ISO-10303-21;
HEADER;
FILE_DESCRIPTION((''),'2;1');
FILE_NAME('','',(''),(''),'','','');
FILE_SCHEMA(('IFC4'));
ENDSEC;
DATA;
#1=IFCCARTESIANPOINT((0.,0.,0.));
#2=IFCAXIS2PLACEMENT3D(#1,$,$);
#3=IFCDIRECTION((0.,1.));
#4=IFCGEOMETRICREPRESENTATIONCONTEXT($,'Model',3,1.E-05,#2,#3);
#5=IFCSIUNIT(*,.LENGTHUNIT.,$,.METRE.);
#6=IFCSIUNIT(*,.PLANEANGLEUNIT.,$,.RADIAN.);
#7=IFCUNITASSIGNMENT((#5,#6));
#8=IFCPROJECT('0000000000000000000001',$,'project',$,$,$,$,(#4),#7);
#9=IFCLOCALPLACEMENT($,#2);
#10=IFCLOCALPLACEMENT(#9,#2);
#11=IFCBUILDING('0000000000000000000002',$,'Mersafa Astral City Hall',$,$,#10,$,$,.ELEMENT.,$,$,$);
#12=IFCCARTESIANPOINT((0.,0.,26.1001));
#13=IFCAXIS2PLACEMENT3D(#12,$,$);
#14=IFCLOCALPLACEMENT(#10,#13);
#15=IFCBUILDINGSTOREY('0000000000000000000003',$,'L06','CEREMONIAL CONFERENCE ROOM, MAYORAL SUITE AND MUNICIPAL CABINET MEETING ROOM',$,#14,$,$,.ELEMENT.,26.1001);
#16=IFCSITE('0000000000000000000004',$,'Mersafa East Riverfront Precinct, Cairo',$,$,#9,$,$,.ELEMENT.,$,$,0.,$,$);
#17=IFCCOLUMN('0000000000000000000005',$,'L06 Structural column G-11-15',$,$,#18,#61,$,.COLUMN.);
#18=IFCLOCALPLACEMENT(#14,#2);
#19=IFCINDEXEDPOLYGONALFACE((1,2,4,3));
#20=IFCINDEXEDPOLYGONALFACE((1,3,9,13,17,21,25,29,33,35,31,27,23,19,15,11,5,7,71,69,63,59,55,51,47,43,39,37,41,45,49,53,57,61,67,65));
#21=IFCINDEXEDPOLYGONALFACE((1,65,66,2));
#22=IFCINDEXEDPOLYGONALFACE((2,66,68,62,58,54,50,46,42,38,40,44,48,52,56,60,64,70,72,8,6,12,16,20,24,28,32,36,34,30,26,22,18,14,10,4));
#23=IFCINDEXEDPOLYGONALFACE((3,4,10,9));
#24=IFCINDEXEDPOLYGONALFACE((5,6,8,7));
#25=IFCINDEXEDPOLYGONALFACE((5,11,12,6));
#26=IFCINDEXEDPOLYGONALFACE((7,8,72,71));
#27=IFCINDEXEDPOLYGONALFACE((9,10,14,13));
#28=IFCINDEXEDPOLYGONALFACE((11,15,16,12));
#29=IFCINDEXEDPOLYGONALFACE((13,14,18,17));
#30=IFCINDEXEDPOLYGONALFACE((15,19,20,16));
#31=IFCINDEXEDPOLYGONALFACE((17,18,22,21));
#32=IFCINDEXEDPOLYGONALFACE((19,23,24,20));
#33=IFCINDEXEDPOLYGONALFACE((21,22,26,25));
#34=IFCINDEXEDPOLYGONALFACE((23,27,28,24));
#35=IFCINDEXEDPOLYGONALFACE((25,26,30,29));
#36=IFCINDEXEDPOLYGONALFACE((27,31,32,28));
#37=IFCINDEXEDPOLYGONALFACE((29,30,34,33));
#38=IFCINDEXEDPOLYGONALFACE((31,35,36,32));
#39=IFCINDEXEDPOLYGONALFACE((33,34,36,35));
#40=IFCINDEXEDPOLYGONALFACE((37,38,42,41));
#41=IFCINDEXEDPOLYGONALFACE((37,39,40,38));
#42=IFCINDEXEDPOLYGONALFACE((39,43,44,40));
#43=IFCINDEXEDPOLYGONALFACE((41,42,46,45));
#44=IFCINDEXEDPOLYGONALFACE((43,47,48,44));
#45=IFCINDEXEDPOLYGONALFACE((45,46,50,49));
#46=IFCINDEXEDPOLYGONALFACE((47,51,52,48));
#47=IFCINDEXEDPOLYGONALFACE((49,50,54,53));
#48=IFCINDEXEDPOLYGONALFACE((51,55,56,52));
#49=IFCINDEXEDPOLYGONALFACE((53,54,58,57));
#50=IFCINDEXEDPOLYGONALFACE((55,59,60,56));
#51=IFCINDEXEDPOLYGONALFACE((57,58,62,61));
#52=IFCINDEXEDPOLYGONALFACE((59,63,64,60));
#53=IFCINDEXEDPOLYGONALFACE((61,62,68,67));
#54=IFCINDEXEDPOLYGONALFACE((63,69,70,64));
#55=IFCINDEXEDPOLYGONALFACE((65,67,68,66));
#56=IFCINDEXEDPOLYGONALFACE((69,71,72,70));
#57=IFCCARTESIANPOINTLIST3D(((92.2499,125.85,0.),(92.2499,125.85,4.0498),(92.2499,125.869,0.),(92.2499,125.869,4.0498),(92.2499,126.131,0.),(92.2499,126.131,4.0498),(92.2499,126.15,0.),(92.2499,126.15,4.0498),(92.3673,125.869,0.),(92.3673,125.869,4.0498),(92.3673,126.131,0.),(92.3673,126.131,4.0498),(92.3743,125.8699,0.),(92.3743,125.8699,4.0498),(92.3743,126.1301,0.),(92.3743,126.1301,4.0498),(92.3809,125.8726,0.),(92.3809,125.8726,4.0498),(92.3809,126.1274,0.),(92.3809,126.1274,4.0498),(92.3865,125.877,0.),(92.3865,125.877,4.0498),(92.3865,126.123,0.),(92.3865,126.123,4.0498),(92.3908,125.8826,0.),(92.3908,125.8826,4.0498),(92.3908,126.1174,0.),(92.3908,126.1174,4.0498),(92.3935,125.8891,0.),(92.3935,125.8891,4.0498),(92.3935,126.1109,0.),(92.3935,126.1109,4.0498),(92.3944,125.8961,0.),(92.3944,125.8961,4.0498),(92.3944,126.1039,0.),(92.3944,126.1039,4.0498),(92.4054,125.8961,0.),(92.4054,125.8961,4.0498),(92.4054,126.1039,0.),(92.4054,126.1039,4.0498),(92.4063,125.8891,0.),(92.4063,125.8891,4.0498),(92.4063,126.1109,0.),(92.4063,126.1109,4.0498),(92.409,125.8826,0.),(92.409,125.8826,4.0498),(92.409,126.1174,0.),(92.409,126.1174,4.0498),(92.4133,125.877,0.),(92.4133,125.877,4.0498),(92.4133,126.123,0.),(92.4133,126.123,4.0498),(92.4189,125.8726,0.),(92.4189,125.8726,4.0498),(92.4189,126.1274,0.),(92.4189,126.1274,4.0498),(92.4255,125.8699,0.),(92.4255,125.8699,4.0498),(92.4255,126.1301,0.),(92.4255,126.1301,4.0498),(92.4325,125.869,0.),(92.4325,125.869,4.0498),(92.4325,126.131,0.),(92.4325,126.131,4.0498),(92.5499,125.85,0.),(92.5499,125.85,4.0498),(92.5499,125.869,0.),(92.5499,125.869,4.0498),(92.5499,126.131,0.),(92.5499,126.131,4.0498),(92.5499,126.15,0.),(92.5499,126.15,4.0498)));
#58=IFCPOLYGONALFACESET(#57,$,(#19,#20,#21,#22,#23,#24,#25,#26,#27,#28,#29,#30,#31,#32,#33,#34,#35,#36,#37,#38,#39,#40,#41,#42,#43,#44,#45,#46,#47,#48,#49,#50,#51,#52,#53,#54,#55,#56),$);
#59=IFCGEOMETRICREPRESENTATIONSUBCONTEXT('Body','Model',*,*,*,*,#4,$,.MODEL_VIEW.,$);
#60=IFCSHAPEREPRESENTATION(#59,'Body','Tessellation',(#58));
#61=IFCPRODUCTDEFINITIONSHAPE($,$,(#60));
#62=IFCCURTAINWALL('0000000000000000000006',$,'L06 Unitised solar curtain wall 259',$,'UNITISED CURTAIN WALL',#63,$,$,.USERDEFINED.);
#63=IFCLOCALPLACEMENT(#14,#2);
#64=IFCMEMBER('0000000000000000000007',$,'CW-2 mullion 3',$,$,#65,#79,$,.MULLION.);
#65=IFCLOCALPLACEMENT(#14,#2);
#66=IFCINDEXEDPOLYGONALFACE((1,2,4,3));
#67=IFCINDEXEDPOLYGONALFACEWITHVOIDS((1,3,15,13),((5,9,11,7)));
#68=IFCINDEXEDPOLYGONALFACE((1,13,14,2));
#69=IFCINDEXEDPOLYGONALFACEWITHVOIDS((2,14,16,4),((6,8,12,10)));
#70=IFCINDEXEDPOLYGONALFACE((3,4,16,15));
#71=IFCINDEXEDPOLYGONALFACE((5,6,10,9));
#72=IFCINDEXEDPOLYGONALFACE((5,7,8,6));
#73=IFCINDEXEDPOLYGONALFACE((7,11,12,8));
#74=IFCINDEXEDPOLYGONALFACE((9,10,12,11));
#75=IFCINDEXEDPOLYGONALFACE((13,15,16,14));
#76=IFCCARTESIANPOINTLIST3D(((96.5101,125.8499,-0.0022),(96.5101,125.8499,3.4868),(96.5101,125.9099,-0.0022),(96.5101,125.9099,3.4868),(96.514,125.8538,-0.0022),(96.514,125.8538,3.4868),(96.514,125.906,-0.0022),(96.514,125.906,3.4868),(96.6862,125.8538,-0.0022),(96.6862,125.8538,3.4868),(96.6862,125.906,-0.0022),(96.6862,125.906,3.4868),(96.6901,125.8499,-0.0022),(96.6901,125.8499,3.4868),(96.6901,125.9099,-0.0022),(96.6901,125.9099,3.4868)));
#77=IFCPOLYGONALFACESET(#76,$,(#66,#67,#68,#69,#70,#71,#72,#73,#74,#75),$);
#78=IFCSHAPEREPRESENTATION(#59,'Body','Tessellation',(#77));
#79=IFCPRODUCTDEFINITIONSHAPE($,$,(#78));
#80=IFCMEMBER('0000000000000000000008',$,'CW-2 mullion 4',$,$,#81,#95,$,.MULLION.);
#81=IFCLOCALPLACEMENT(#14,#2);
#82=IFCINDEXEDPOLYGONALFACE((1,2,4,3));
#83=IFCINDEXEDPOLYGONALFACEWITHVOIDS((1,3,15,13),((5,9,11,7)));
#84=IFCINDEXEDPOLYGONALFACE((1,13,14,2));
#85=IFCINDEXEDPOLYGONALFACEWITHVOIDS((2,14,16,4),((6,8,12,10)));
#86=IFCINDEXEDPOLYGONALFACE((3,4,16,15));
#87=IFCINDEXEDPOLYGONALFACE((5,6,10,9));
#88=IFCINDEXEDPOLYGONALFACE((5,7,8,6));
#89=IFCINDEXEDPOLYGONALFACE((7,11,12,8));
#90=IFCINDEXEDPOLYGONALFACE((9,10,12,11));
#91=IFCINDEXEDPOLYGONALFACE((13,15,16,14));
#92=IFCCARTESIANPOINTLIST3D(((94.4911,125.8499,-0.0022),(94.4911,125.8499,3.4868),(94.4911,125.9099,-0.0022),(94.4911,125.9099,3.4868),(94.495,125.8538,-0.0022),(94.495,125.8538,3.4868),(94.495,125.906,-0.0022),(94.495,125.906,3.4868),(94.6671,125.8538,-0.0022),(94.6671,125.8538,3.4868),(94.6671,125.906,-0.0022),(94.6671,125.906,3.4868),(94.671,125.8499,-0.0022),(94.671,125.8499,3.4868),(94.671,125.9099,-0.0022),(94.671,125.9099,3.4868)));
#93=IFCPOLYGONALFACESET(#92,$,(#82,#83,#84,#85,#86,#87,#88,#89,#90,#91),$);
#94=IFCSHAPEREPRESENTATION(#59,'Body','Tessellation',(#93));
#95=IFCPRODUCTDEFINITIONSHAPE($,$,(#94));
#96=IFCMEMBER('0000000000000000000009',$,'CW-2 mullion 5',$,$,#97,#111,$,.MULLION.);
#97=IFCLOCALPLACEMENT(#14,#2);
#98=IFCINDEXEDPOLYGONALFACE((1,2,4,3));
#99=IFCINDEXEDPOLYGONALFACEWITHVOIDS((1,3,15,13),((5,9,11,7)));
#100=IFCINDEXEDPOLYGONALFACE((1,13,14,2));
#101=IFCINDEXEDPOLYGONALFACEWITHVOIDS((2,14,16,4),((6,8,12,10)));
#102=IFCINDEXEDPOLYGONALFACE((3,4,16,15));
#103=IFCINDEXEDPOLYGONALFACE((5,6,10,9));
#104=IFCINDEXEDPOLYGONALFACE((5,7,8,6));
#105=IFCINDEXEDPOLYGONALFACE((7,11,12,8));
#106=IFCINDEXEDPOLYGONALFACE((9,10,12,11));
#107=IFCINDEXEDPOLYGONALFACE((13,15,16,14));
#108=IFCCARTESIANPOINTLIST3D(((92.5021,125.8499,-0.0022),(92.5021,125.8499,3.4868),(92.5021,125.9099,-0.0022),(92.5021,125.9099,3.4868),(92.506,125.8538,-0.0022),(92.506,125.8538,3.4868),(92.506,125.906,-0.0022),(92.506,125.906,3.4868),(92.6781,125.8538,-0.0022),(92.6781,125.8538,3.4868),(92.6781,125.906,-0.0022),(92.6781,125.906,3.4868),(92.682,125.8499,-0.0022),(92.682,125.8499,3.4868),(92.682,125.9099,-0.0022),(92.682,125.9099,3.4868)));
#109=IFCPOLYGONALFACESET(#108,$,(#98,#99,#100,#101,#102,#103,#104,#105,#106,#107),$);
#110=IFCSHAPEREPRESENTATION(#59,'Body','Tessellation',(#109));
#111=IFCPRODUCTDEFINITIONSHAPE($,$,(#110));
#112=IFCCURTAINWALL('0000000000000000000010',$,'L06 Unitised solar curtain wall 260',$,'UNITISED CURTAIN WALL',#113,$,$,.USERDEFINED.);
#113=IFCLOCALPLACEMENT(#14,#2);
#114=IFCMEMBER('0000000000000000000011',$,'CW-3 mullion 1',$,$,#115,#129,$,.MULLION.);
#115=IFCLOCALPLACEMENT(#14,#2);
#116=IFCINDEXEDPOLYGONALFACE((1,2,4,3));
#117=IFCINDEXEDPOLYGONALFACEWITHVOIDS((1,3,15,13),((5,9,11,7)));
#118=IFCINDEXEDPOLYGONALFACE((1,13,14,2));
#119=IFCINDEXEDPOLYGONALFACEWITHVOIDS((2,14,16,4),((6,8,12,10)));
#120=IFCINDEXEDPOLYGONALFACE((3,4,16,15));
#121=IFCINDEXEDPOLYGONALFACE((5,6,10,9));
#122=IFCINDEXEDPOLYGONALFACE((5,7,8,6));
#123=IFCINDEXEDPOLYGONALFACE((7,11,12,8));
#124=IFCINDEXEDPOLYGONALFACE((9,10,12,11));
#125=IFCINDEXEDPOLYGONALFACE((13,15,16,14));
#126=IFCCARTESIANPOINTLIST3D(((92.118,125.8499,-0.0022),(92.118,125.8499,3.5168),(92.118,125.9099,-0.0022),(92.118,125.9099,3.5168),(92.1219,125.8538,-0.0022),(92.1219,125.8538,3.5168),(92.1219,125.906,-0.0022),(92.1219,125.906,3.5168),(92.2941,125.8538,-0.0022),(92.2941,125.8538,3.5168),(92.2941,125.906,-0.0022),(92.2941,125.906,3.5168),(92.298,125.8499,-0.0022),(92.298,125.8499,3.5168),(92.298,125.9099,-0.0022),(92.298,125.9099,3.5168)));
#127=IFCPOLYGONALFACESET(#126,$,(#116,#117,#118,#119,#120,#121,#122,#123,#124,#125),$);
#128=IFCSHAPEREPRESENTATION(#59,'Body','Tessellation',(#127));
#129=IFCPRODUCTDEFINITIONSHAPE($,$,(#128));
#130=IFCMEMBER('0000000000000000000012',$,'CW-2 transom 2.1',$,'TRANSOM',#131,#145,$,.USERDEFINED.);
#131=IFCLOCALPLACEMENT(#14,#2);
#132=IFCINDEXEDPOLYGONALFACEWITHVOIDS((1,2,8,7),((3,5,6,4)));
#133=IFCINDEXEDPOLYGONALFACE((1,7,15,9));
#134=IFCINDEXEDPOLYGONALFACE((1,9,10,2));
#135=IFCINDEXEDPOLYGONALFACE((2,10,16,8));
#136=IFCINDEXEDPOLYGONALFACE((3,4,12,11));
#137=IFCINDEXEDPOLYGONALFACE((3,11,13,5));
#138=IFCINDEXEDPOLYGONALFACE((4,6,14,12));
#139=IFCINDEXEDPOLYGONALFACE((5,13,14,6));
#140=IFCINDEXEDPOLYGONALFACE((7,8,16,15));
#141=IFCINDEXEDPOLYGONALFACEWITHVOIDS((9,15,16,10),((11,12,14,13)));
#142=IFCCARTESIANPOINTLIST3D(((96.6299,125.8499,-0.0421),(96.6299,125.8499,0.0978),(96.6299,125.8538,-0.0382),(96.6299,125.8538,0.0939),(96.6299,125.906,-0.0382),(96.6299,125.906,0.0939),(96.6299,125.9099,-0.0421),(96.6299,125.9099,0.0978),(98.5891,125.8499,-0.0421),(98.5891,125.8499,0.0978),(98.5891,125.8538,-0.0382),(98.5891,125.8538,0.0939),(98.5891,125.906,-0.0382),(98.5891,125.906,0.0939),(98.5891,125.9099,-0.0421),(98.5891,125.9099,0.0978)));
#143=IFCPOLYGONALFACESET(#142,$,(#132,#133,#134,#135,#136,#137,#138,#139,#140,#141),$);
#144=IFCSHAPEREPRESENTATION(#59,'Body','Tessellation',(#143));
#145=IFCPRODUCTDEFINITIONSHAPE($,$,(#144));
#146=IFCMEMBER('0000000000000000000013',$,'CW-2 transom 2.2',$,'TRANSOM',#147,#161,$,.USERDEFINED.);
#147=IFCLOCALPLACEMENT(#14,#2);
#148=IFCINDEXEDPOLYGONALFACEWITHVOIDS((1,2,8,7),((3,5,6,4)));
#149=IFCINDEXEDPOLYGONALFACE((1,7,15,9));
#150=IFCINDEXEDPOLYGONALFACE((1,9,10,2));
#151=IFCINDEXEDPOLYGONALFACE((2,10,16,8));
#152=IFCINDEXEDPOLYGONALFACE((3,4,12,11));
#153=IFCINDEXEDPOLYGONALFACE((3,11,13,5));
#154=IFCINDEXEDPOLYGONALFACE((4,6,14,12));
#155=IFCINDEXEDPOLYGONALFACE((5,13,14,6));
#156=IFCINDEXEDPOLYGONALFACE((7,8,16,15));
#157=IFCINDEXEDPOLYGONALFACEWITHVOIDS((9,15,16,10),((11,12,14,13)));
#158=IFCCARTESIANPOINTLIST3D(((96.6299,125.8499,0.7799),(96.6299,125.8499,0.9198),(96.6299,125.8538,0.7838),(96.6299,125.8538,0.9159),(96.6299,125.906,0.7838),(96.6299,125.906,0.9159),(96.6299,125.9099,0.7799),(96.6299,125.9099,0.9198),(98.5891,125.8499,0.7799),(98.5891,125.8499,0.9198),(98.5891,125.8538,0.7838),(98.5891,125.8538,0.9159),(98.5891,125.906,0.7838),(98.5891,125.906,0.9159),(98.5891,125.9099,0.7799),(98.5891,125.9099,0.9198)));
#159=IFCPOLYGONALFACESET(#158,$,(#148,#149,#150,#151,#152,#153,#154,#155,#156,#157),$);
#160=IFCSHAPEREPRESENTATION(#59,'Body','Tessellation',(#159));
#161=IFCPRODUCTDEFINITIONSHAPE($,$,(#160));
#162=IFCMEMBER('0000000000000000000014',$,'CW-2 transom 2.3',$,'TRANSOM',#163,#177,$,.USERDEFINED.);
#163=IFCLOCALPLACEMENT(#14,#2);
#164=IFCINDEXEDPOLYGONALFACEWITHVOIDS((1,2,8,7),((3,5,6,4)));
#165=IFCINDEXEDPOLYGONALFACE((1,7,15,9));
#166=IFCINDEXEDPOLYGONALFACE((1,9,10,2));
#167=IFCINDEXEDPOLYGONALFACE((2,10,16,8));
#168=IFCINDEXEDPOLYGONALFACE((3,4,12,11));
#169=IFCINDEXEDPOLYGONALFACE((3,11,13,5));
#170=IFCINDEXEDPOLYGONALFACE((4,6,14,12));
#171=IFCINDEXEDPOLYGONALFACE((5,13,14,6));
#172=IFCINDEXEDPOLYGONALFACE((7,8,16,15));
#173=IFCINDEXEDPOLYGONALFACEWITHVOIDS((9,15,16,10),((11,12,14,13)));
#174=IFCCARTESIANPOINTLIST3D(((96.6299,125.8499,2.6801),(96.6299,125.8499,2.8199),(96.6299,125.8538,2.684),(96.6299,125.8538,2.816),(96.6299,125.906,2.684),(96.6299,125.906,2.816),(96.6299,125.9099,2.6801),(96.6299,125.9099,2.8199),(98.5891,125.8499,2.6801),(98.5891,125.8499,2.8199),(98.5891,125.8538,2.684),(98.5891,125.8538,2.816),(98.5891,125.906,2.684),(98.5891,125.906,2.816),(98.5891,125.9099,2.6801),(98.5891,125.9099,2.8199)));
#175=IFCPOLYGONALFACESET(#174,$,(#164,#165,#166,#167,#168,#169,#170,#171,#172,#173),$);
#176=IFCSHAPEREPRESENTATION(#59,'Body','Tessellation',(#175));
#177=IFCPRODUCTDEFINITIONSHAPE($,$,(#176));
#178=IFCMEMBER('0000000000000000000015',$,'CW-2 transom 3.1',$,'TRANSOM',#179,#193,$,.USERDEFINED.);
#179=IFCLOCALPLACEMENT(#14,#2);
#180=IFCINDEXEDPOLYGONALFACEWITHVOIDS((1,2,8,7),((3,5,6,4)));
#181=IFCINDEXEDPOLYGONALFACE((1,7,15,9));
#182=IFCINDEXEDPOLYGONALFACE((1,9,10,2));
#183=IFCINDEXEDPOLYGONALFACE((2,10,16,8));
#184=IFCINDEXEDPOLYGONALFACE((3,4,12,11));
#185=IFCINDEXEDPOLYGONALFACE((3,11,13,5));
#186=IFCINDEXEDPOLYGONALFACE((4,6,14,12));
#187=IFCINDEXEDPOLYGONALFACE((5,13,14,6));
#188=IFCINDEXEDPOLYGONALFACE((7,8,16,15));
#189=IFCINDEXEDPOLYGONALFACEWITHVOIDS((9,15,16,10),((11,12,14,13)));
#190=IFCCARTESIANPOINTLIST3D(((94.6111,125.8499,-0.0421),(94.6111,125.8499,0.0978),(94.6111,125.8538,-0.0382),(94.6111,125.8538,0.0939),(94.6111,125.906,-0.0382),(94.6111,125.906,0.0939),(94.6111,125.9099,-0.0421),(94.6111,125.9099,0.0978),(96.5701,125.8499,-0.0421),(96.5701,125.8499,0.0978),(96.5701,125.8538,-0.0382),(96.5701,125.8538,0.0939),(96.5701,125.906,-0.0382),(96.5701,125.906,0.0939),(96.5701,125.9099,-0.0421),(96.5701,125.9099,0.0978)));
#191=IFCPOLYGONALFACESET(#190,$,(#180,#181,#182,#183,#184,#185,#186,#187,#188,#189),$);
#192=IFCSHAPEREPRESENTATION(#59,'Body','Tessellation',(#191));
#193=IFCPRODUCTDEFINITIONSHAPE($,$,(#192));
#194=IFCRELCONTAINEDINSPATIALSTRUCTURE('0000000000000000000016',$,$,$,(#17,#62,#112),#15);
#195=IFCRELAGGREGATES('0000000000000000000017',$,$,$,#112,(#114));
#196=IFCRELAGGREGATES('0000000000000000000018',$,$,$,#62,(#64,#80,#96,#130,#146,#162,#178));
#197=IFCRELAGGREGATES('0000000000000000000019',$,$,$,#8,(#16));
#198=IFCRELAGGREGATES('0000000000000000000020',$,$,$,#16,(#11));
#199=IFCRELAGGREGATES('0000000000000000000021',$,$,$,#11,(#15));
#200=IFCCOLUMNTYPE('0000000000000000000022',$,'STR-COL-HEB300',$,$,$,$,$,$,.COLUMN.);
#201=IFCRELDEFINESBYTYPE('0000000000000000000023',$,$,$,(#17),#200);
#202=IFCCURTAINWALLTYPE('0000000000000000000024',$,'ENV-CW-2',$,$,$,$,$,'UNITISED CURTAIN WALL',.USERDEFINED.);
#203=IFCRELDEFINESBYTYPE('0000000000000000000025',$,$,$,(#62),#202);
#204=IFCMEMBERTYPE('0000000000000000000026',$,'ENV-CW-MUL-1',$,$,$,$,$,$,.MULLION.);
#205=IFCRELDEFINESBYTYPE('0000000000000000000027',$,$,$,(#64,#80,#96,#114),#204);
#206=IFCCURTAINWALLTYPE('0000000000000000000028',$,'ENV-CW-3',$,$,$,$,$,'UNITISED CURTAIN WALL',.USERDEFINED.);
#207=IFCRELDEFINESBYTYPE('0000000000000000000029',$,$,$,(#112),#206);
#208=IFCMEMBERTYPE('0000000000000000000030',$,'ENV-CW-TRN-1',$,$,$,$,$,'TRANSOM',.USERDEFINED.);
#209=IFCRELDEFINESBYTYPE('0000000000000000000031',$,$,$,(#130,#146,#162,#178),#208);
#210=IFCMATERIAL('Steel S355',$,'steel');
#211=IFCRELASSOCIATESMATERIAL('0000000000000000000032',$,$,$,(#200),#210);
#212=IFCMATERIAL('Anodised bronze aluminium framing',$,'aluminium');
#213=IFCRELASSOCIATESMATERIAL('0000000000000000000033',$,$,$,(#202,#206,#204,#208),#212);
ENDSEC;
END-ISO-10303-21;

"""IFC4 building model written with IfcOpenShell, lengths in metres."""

from ifc_helpers import new_model, si_unit, direction, frame, origin, origin_2d, place, context, subcontext, project, spatial, hollow_rectangle, i_section, extrude, material, material_profile, profile_set, type_object, element, aggregate, save


model = new_model("IFC4")

# Units and contexts
model_context = context("Model", 3, precision=1e-05, world=origin(), true_north=direction((0.0, 1.0)))
body_context = subcontext(model_context, "Body", "Model", "MODEL_VIEW")
ifc_project = project(units=[si_unit("LENGTHUNIT", "METRE"), si_unit("PLANEANGLEUNIT", "RADIAN")], contexts=[model_context])

# Site, building, storey
site_placement = place(None, origin())
site = spatial("IfcSite", under=ifc_project, at=site_placement, Name="Mersafa East Riverfront Precinct, Cairo", CompositionType="ELEMENT", RefElevation=0.0)
building_placement = place(site_placement, origin())
building = spatial("IfcBuilding", under=site, at=building_placement, Name="Mersafa Astral City Hall", CompositionType="ELEMENT")
storey_placement = place(building_placement, frame((0.0, 0.0, 26.1001)))
storey = spatial("IfcBuildingStorey", under=building, at=storey_placement, Name="L06", Description="CEREMONIAL CONFERENCE ROOM, MAYORAL SUITE AND MUNICIPAL CABINET MEETING ROOM", CompositionType="ELEMENT", Elevation=26.1001)

# Column
ifc_material_1 = material(Name="Steel S355", Category="steel")
ifc_material_profile_1 = material_profile(ifc_material_1, i_section(OverallWidth=0.3, OverallDepth=0.3, WebThickness=0.011, FlangeThickness=0.019, FilletRadius=0.0271, at=origin_2d()), Name="HEB 300")
ifc_profile_set_1 = profile_set([ifc_material_profile_1], Name="Steel S355")
column_type = type_object("IfcColumnType", Name="STR-COL-HEB300", PredefinedType="COLUMN", material=ifc_profile_set_1)
column_placement = place(storey_placement, frame((92.3999, 126.0, 0.0), z_axis=(0.0, 0.0, 1.0), x_axis=(1.0, 0.0, 0.0)))
element("IfcColumn", 1, at=column_placement, inside=storey, type_object=column_type, Name="L06 Structural column G-11-15", PredefinedType="COLUMN", context=body_context, shape_type="SweptSolid", body=[
    extrude(i_section(OverallWidth=0.3, OverallDepth=0.3, WebThickness=0.011, FlangeThickness=0.019, FilletRadius=0.0271, at=origin_2d()), origin(), (0.0, 0.0, 1.0), 4.0498),
])

# Curtain wall, members
ifc_material_2 = material(Name="Anodised bronze aluminium framing", Category="aluminium")
curtain_wall_type_1 = type_object("IfcCurtainWallType", Name="ENV-CW-2", ElementType="UNITISED CURTAIN WALL", PredefinedType="USERDEFINED", material=ifc_material_2)
curtain_wall_1_placement = place(storey_placement, origin())
curtain_wall_1 = element("IfcCurtainWall", 2, at=curtain_wall_1_placement, inside=storey, type_object=curtain_wall_type_1, Name="L06 Unitised solar curtain wall 259", ObjectType="UNITISED CURTAIN WALL", PredefinedType="USERDEFINED")
ifc_material_profile_2 = material_profile(ifc_material_2, hollow_rectangle(XDim=0.0601, YDim=0.1799, WallThickness=0.0039, at=origin_2d()), Name="RHS 60x180x4")
ifc_profile_set_2 = profile_set([ifc_material_profile_2], Name="Anodised bronze aluminium framing")
member_type_1 = type_object("IfcMemberType", Name="ENV-CW-MUL-1", PredefinedType="MULLION", material=ifc_profile_set_2)
member_1_placement = place(storey_placement, frame((96.6001, 125.8799, -0.0022), z_axis=(0.0, 0.0, 1.0), x_axis=(0.0, -1.0, 0.0)))
member_1 = element("IfcMember", 3, at=member_1_placement, type_object=member_type_1, Name="CW-2 mullion 3", PredefinedType="MULLION", context=body_context, shape_type="SweptSolid", body=[
    extrude(hollow_rectangle(XDim=0.0601, YDim=0.1799, WallThickness=0.0039, at=origin_2d()), origin(), (0.0, 0.0, 1.0), 3.489),
])
member_2_placement = place(storey_placement, frame((94.5811, 125.8799, -0.0022), z_axis=(0.0, 0.0, 1.0), x_axis=(0.0, -1.0, 0.0)))
member_2 = element("IfcMember", 4, at=member_2_placement, type_object=member_type_1, Name="CW-2 mullion 4", PredefinedType="MULLION", context=body_context, shape_type="SweptSolid", body=[
    extrude(hollow_rectangle(XDim=0.0601, YDim=0.1799, WallThickness=0.0039, at=origin_2d()), origin(), (0.0, 0.0, 1.0), 3.489),
])
member_3_placement = place(storey_placement, frame((92.592, 125.8799, -0.0022), z_axis=(0.0, 0.0, 1.0), x_axis=(0.0, -1.0, 0.0)))
member_3 = element("IfcMember", 5, at=member_3_placement, type_object=member_type_1, Name="CW-2 mullion 5", PredefinedType="MULLION", context=body_context, shape_type="SweptSolid", body=[
    extrude(hollow_rectangle(XDim=0.0601, YDim=0.1799, WallThickness=0.0039, at=origin_2d()), origin(), (0.0, 0.0, 1.0), 3.489),
])

# Curtain wall, member
curtain_wall_type_2 = type_object("IfcCurtainWallType", Name="ENV-CW-3", ElementType="UNITISED CURTAIN WALL", PredefinedType="USERDEFINED", material=ifc_material_2)
curtain_wall_2_placement = place(storey_placement, origin())
curtain_wall_2 = element("IfcCurtainWall", 6, at=curtain_wall_2_placement, inside=storey, type_object=curtain_wall_type_2, Name="L06 Unitised solar curtain wall 260", ObjectType="UNITISED CURTAIN WALL", PredefinedType="USERDEFINED")
member_4_placement = place(storey_placement, frame((92.208, 125.8799, -0.0022), z_axis=(0.0, 0.0, 1.0), x_axis=(0.0, -1.0, 0.0)))
member_4 = element("IfcMember", 7, at=member_4_placement, type_object=member_type_1, Name="CW-3 mullion 1", PredefinedType="MULLION", context=body_context, shape_type="SweptSolid", body=[
    extrude(hollow_rectangle(XDim=0.0601, YDim=0.1799, WallThickness=0.0039, at=origin_2d()), origin(), (0.0, 0.0, 1.0), 3.519),
])

# Members
ifc_material_profile_3 = material_profile(ifc_material_2, hollow_rectangle(XDim=0.0601, YDim=0.1399, WallThickness=0.0039, at=origin_2d()), Name="RHS 60x140x4")
ifc_profile_set_3 = profile_set([ifc_material_profile_3], Name="Anodised bronze aluminium framing")
member_type_2 = type_object("IfcMemberType", Name="ENV-CW-TRN-1", ElementType="TRANSOM", PredefinedType="USERDEFINED", material=ifc_profile_set_3)
member_5_placement = place(storey_placement, frame((98.5891, 125.8799, 0.0278), z_axis=(-1.0, 0.0, 0.0), x_axis=(0.0, -1.0, 0.0)))
member_5 = element("IfcMember", 8, at=member_5_placement, type_object=member_type_2, Name="CW-2 transom 2.1", ObjectType="TRANSOM", PredefinedType="USERDEFINED", context=body_context, shape_type="SweptSolid", body=[
    extrude(hollow_rectangle(XDim=0.0601, YDim=0.1399, WallThickness=0.0039, at=origin_2d()), origin(), (0.0, 0.0, 1.0), 1.9592),
])
member_6_placement = place(storey_placement, frame((98.5891, 125.8799, 0.8499), z_axis=(-1.0, 0.0, 0.0), x_axis=(0.0, -1.0, 0.0)))
member_6 = element("IfcMember", 9, at=member_6_placement, type_object=member_type_2, Name="CW-2 transom 2.2", ObjectType="TRANSOM", PredefinedType="USERDEFINED", context=body_context, shape_type="SweptSolid", body=[
    extrude(hollow_rectangle(XDim=0.0601, YDim=0.1399, WallThickness=0.0039, at=origin_2d()), origin(), (0.0, 0.0, 1.0), 1.9592),
])
member_7_placement = place(storey_placement, frame((98.5891, 125.8799, 2.75), z_axis=(-1.0, 0.0, 0.0), x_axis=(0.0, -1.0, 0.0)))
member_7 = element("IfcMember", 10, at=member_7_placement, type_object=member_type_2, Name="CW-2 transom 2.3", ObjectType="TRANSOM", PredefinedType="USERDEFINED", context=body_context, shape_type="SweptSolid", body=[
    extrude(hollow_rectangle(XDim=0.0601, YDim=0.1399, WallThickness=0.0039, at=origin_2d()), origin(), (0.0, 0.0, 1.0), 1.9592),
])
member_8_placement = place(storey_placement, frame((96.5701, 125.8799, 0.0278), z_axis=(-1.0, 0.0, 0.0), x_axis=(0.0, -1.0, 0.0)))
member_8 = element("IfcMember", 11, at=member_8_placement, type_object=member_type_2, Name="CW-2 transom 3.1", ObjectType="TRANSOM", PredefinedType="USERDEFINED", context=body_context, shape_type="SweptSolid", body=[
    extrude(hollow_rectangle(XDim=0.0601, YDim=0.1399, WallThickness=0.0039, at=origin_2d()), origin(), (0.0, 0.0, 1.0), 1.959),
])
aggregate(curtain_wall_2, [member_4])

aggregate(curtain_wall_1, [member_1, member_2, member_3, member_5, member_6, member_7, member_8])

save(model, "model.ifc")
